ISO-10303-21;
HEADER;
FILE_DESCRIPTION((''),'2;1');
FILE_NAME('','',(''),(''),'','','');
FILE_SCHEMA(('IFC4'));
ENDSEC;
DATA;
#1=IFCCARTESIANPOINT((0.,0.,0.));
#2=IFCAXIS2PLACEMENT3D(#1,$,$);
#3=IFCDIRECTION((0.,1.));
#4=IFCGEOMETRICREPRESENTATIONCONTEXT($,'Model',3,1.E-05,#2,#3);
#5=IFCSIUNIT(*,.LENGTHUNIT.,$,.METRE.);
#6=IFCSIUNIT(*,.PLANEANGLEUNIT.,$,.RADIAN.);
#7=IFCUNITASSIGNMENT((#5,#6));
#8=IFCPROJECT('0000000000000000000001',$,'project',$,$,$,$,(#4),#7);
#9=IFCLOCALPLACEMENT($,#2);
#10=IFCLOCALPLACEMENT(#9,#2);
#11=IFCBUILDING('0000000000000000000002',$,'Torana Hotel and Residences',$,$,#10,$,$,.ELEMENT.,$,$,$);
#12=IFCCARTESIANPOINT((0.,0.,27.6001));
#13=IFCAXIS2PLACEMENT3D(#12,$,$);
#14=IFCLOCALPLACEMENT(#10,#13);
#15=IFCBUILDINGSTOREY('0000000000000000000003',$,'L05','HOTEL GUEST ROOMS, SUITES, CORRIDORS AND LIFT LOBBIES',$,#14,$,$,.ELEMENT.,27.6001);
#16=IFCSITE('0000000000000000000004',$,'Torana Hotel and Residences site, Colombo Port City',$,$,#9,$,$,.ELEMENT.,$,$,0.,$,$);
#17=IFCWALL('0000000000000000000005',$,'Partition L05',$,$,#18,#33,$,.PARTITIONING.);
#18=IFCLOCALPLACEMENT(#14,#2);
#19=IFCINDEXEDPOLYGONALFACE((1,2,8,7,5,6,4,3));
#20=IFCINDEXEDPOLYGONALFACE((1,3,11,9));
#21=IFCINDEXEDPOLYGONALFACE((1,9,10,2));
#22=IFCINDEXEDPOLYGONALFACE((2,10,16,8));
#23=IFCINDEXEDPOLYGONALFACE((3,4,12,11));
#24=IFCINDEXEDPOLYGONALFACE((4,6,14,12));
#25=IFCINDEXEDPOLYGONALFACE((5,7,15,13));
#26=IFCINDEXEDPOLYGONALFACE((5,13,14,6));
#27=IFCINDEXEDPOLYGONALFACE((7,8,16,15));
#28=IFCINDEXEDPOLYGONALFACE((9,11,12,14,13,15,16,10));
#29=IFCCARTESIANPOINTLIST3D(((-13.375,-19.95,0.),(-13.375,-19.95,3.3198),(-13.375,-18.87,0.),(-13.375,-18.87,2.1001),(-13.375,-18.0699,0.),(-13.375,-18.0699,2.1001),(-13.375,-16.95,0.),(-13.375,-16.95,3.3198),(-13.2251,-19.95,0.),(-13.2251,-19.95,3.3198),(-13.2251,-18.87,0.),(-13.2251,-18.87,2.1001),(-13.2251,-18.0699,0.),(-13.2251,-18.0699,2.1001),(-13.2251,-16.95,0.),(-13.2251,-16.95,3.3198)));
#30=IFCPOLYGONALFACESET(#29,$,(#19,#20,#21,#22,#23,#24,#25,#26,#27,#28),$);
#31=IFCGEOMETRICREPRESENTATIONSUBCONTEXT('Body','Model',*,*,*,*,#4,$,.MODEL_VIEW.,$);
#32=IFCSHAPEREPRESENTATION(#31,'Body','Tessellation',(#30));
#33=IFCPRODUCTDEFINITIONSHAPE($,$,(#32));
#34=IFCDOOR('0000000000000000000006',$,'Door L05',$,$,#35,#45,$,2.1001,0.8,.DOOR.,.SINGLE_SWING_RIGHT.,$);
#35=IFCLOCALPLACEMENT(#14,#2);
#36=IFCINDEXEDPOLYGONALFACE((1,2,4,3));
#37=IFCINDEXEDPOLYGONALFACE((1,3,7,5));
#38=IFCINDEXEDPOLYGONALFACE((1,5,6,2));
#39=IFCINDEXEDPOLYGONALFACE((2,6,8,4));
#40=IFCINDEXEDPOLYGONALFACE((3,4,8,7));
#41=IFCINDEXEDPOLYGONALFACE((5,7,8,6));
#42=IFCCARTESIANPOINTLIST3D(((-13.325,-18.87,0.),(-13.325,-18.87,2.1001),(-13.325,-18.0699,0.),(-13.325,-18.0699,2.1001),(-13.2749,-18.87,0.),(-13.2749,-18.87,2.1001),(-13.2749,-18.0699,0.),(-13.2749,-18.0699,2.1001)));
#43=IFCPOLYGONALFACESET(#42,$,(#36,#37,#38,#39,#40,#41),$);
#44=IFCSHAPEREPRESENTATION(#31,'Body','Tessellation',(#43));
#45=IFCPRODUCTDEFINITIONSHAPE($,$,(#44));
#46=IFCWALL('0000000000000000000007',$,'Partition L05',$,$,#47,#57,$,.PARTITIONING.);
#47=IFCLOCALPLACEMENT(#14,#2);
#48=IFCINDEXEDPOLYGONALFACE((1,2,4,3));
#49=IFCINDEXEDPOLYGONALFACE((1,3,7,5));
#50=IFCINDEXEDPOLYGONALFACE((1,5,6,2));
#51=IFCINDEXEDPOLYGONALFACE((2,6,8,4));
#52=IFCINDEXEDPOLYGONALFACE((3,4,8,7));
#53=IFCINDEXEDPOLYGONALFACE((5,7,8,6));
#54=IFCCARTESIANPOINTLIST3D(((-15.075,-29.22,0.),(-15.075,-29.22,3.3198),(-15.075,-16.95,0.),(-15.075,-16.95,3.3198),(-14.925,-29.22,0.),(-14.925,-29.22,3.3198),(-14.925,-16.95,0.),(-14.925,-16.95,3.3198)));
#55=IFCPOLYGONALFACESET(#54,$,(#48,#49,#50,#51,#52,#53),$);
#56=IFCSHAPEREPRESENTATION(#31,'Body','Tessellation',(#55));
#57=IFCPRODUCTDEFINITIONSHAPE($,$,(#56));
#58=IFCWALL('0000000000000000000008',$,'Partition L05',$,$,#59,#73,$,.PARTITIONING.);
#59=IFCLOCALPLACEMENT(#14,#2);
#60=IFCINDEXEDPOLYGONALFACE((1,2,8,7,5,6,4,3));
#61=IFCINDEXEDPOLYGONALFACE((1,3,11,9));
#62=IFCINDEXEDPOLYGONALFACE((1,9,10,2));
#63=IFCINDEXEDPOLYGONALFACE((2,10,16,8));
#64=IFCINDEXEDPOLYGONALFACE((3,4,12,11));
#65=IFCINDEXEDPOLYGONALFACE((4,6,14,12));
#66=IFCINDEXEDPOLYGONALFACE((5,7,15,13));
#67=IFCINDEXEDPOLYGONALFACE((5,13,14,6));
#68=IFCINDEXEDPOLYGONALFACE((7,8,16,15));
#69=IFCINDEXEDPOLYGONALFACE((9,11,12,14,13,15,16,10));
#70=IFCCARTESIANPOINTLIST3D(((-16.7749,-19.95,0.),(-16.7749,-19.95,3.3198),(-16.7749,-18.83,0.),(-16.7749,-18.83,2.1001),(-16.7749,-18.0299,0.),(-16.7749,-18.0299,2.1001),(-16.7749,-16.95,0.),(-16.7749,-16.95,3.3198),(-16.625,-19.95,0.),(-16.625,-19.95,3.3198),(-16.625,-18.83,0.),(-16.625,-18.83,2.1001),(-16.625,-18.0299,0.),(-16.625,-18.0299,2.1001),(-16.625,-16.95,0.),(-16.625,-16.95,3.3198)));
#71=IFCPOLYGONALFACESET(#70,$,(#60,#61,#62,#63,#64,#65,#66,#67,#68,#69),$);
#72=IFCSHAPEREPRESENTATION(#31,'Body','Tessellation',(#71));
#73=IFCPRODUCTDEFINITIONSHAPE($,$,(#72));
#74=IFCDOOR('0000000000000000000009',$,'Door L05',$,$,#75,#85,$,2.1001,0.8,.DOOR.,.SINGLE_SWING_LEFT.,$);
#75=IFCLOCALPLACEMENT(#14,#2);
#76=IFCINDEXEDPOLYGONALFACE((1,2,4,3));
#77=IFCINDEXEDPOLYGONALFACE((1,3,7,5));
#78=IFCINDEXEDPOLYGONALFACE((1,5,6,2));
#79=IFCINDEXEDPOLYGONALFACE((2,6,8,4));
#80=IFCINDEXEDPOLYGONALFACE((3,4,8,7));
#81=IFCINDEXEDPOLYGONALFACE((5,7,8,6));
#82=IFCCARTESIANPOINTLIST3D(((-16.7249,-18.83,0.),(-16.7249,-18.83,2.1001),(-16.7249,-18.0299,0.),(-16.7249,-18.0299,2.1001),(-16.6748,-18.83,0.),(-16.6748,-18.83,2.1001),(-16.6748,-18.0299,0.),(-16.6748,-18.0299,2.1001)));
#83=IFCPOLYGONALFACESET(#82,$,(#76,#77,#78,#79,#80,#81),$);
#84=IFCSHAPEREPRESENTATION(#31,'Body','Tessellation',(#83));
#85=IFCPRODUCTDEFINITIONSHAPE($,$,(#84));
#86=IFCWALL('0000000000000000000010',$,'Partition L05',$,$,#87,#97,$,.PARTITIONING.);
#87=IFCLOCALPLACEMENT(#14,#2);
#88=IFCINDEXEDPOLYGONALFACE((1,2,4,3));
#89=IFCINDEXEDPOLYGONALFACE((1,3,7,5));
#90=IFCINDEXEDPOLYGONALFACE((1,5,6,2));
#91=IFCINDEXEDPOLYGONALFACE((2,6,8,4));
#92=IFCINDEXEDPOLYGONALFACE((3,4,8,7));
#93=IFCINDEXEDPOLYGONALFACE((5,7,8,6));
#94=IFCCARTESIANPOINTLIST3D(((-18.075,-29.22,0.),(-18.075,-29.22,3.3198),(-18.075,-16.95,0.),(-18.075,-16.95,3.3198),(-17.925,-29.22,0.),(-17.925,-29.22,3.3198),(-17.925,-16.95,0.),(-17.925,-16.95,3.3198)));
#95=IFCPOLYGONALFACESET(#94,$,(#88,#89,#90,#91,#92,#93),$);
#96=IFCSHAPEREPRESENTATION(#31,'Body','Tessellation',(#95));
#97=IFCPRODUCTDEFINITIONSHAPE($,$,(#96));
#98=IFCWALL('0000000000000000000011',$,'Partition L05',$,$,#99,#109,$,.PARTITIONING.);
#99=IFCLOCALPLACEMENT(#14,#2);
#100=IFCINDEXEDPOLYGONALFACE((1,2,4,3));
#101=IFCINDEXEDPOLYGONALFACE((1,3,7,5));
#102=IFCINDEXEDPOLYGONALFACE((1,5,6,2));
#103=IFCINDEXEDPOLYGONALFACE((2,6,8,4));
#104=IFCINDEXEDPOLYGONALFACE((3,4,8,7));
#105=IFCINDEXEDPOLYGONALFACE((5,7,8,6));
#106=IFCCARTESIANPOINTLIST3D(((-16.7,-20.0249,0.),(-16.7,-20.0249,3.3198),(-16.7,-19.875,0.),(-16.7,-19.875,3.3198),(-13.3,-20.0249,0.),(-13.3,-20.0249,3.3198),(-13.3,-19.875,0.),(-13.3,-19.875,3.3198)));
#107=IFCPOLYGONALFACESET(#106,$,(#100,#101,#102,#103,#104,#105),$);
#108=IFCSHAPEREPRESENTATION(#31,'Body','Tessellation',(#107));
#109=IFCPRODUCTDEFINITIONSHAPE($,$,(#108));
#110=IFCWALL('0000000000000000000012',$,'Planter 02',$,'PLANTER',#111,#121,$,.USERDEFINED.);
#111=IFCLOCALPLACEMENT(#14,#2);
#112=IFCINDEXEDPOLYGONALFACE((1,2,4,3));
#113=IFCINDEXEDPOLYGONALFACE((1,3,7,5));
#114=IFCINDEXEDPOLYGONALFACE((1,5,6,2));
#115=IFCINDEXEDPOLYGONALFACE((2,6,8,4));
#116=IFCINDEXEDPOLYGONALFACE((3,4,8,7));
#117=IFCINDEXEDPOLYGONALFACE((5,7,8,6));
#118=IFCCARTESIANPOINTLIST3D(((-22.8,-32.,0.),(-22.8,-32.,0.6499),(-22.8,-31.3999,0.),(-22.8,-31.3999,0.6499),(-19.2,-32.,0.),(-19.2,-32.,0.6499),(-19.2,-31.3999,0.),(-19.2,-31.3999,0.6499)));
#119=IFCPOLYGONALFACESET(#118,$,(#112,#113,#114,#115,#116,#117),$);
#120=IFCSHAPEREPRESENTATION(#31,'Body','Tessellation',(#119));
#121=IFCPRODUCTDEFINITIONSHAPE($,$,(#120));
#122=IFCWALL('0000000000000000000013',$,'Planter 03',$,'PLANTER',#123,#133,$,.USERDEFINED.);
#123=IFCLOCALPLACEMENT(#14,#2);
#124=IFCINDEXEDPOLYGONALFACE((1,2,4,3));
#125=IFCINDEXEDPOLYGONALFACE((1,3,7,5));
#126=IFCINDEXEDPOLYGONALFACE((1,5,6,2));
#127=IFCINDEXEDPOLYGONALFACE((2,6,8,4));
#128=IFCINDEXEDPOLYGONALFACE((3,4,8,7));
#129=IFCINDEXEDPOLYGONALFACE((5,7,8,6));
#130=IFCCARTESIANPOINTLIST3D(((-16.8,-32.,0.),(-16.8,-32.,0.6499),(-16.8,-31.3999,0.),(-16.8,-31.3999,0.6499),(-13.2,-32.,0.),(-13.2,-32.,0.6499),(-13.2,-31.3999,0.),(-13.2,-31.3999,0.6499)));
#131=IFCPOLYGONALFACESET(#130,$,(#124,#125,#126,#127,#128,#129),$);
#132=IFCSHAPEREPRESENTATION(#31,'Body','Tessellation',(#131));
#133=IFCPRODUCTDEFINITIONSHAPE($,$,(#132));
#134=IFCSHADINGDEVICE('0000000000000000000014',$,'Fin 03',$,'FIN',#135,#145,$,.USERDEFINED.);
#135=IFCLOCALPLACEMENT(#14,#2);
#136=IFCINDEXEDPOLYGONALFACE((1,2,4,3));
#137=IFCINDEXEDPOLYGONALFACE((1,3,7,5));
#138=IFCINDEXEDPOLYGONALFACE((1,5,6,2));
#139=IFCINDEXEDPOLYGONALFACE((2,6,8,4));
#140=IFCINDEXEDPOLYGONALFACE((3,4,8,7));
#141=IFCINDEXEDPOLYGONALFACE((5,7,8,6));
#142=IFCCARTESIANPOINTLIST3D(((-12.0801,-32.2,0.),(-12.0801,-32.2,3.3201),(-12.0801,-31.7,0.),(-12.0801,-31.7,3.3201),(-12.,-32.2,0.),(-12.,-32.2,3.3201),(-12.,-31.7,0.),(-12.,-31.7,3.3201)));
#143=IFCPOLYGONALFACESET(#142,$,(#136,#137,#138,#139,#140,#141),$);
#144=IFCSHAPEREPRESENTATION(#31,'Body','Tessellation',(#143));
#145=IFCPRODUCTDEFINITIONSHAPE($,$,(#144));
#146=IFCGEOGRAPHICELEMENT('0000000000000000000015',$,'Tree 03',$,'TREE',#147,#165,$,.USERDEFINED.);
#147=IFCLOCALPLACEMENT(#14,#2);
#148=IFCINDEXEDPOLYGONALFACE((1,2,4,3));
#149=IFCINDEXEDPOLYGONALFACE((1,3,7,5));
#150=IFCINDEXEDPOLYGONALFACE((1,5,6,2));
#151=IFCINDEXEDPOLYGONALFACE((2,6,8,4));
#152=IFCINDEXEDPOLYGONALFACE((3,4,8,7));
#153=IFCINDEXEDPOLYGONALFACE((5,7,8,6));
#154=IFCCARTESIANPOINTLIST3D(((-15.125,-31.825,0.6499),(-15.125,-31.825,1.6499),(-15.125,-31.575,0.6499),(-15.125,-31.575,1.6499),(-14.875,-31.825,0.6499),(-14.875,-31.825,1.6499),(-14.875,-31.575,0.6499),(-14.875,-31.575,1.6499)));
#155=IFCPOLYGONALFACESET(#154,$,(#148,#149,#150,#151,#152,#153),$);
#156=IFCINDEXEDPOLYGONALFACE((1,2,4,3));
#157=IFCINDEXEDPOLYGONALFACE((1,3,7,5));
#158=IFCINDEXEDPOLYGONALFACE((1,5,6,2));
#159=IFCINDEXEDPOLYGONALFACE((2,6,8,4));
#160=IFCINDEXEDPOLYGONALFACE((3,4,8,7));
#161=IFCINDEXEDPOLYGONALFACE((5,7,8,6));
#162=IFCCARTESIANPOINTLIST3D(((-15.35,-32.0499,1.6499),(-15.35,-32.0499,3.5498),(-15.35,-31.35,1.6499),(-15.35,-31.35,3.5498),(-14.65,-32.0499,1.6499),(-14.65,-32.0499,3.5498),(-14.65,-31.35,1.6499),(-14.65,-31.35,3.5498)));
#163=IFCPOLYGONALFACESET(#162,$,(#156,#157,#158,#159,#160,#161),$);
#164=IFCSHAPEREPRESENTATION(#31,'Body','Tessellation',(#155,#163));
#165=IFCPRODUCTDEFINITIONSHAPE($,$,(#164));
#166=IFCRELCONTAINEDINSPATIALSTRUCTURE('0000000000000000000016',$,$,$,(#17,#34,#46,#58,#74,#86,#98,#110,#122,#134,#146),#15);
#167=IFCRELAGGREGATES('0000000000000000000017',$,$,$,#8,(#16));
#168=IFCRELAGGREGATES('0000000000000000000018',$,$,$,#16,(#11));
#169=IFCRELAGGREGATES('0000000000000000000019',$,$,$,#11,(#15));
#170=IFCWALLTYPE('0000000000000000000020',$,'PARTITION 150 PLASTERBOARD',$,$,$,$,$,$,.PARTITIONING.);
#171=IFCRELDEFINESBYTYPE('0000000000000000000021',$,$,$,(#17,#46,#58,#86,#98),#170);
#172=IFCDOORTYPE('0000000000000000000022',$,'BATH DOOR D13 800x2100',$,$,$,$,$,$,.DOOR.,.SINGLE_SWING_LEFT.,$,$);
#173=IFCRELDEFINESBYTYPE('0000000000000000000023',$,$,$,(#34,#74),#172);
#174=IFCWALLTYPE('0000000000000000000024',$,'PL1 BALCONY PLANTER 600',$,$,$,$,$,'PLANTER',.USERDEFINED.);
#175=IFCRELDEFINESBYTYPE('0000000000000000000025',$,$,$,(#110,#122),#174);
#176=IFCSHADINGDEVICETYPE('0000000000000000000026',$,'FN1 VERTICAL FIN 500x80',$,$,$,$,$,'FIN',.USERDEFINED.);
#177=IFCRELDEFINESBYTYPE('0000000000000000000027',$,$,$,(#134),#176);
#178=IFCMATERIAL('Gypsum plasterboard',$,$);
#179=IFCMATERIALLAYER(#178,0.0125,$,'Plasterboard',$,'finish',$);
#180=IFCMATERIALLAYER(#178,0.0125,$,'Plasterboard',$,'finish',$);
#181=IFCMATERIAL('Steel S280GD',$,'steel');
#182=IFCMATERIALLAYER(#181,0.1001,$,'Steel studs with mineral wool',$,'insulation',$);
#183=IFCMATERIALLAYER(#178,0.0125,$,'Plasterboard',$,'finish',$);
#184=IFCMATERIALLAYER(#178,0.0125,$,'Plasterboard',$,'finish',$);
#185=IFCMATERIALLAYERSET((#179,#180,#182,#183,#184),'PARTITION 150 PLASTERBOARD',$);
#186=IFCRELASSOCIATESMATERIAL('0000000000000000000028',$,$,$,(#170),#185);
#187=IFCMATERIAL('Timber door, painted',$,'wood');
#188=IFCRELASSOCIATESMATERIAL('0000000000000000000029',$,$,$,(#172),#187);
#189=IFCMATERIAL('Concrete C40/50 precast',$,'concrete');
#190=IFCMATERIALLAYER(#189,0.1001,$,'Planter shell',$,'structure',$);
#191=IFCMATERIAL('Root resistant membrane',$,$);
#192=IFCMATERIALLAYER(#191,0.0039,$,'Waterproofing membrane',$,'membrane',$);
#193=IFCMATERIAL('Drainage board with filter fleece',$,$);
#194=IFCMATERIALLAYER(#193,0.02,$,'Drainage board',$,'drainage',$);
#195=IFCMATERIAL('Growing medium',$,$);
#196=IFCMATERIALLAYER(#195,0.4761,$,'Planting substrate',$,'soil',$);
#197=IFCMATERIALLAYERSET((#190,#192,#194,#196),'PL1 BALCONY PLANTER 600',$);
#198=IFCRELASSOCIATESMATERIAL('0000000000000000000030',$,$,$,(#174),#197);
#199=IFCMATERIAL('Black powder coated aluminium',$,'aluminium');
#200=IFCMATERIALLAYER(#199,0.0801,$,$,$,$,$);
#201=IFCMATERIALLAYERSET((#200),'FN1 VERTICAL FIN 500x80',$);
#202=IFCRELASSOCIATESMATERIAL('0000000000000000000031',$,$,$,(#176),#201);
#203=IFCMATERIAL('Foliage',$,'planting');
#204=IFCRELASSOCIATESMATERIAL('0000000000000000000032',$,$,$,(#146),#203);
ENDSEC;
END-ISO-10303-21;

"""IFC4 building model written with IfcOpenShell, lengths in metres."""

from ifc_helpers import new_model, si_unit, direction, frame, frame_2d, origin, origin_2d, place, context, subcontext, project, spatial, rectangle, extrude, material, layer, layer_set, type_object, element, fill, save


model = new_model("IFC4")

# Units and contexts
model_context = context("Model", 3, precision=1e-05, world=origin(), true_north=direction((0.0, 1.0)))
body_context = subcontext(model_context, "Body", "Model", "MODEL_VIEW")
ifc_project = project(units=[si_unit("LENGTHUNIT", "METRE"), si_unit("PLANEANGLEUNIT", "RADIAN")], contexts=[model_context])

# Site, building, storey
site_placement = place(None, origin())
site = spatial("IfcSite", under=ifc_project, at=site_placement, Name="Torana Hotel and Residences site, Colombo Port City", CompositionType="ELEMENT", RefElevation=0.0)
building_placement = place(site_placement, origin())
building = spatial("IfcBuilding", under=site, at=building_placement, Name="Torana Hotel and Residences", CompositionType="ELEMENT")
storey_placement = place(building_placement, frame((0.0, 0.0, 27.6001)))
storey = spatial("IfcBuildingStorey", under=building, at=storey_placement, Name="L05", Description="HOTEL GUEST ROOMS, SUITES, CORRIDORS AND LIFT LOBBIES", CompositionType="ELEMENT", Elevation=27.6001)

# Shared definitions
ifc_material_1 = material(Name="Gypsum plasterboard")
ifc_layer_1 = layer(ifc_material_1, 0.0125, Name="Plasterboard", Category="finish")
ifc_layer_2 = layer(ifc_material_1, 0.0125, Name="Plasterboard", Category="finish")
ifc_material_2 = material(Name="Steel S280GD", Category="steel")
ifc_layer_3 = layer(ifc_material_2, 0.1001, Name="Steel studs with mineral wool", Category="insulation")
ifc_layer_4 = layer(ifc_material_1, 0.0125, Name="Plasterboard", Category="finish")
ifc_layer_5 = layer(ifc_material_1, 0.0125, Name="Plasterboard", Category="finish")
ifc_layer_set_1 = layer_set([ifc_layer_1, ifc_layer_2, ifc_layer_3, ifc_layer_4, ifc_layer_5], Name="PARTITION 150 PLASTERBOARD")
wall_type_1 = type_object("IfcWallType", Name="PARTITION 150 PLASTERBOARD", PredefinedType="PARTITIONING", material=ifc_layer_set_1)

# Wall, opening, door
wall_1_placement = place(storey_placement, frame((-13.3, -19.95, 0.0), z_axis=(0.0, 0.0, 1.0), x_axis=(0.0, 1.0, 0.0)))
wall_1 = element("IfcWall", 1, at=wall_1_placement, inside=storey, type_object=wall_type_1, Name="Partition L05", PredefinedType="PARTITIONING", context=body_context, shape_type="SweptSolid", body=[
    extrude(rectangle(XDim=3.0, YDim=0.1499, at=frame_2d((1.5, 0.0))), origin(), (0.0, 0.0, 1.0), 3.3198),
])
opening_1_placement = place(wall_1_placement, frame((1.0801, 0.0, 0.0)))
opening_1 = element("IfcOpeningElement", 2, at=opening_1_placement, cuts=wall_1, PredefinedType="OPENING", context=body_context, shape_type="SweptSolid", body=[
    extrude(rectangle(XDim=0.8, YDim=2.1001, at=frame_2d((0.3999, 1.05))), frame((0.0, 0.085, 0.0), z_axis=(0.0, -1.0, 0.0), x_axis=(1.0, 0.0, 0.0)), (0.0, 0.0, 1.0), 0.1699),
])
ifc_material_3 = material(Name="Timber door, painted", Category="wood")
door_type_1 = type_object("IfcDoorType", Name="BATH DOOR D13 800x2100", OperationType="SINGLE_SWING_LEFT", PredefinedType="DOOR", material=ifc_material_3)
door_1_placement = place(opening_1_placement, origin())
door_1 = element("IfcDoor", 3, at=door_1_placement, inside=storey, type_object=door_type_1, Name="Door L05", OperationType="SINGLE_SWING_RIGHT", OverallHeight=2.1001, OverallWidth=0.8, PredefinedType="DOOR", context=body_context, shape_type="SweptSolid", body=[
    extrude(rectangle(XDim=0.8, YDim=2.1001, at=frame_2d((0.3999, 1.05))), frame((0.0, 0.0249, 0.0), z_axis=(0.0, -1.0, 0.0), x_axis=(1.0, 0.0, 0.0)), (0.0, 0.0, 1.0), 0.05),
])
fill(opening_1, door_1)

# Wall
wall_2_placement = place(storey_placement, frame((-15.0, -29.22, 0.0), z_axis=(0.0, 0.0, 1.0), x_axis=(0.0, 1.0, 0.0)))
element("IfcWall", 4, at=wall_2_placement, inside=storey, type_object=wall_type_1, Name="Partition L05", PredefinedType="PARTITIONING", context=body_context, shape_type="SweptSolid", body=[
    extrude(rectangle(XDim=12.27, YDim=0.1499, at=frame_2d((6.135, 0.0))), origin(), (0.0, 0.0, 1.0), 3.3198),
])

# Wall, opening, door
wall_3_placement = place(storey_placement, frame((-16.7, -19.95, 0.0), z_axis=(0.0, 0.0, 1.0), x_axis=(0.0, 1.0, 0.0)))
wall_3 = element("IfcWall", 5, at=wall_3_placement, inside=storey, type_object=wall_type_1, Name="Partition L05", PredefinedType="PARTITIONING", context=body_context, shape_type="SweptSolid", body=[
    extrude(rectangle(XDim=3.0, YDim=0.1499, at=frame_2d((1.5, 0.0))), origin(), (0.0, 0.0, 1.0), 3.3198),
])
opening_2_placement = place(wall_3_placement, frame((1.1201, 0.0, 0.0)))
opening_2 = element("IfcOpeningElement", 6, at=opening_2_placement, cuts=wall_3, PredefinedType="OPENING", context=body_context, shape_type="SweptSolid", body=[
    extrude(rectangle(XDim=0.8, YDim=2.1001, at=frame_2d((0.3999, 1.05))), frame((0.0, 0.085, 0.0), z_axis=(0.0, -1.0, 0.0), x_axis=(1.0, 0.0, 0.0)), (0.0, 0.0, 1.0), 0.1699),
])
door_2_placement = place(opening_2_placement, origin())
door_2 = element("IfcDoor", 7, at=door_2_placement, inside=storey, type_object=door_type_1, Name="Door L05", OperationType="SINGLE_SWING_LEFT", OverallHeight=2.1001, OverallWidth=0.8, PredefinedType="DOOR", context=body_context, shape_type="SweptSolid", body=[
    extrude(rectangle(XDim=0.8, YDim=2.1001, at=frame_2d((0.3999, 1.05))), frame((0.0, 0.0249, 0.0), z_axis=(0.0, -1.0, 0.0), x_axis=(1.0, 0.0, 0.0)), (0.0, 0.0, 1.0), 0.05),
])
fill(opening_2, door_2)

# Walls
wall_4_placement = place(storey_placement, frame((-18.0, -29.22, 0.0), z_axis=(0.0, 0.0, 1.0), x_axis=(0.0, 1.0, 0.0)))
element("IfcWall", 8, at=wall_4_placement, inside=storey, type_object=wall_type_1, Name="Partition L05", PredefinedType="PARTITIONING", context=body_context, shape_type="SweptSolid", body=[
    extrude(rectangle(XDim=12.27, YDim=0.1499, at=frame_2d((6.135, 0.0))), origin(), (0.0, 0.0, 1.0), 3.3198),
])
wall_5_placement = place(storey_placement, frame((-16.7, -19.95, 0.0), z_axis=(0.0, 0.0, 1.0), x_axis=(1.0, 0.0, 0.0)))
element("IfcWall", 9, at=wall_5_placement, inside=storey, type_object=wall_type_1, Name="Partition L05", PredefinedType="PARTITIONING", context=body_context, shape_type="SweptSolid", body=[
    extrude(rectangle(XDim=3.3999, YDim=0.1499, at=frame_2d((1.7, 0.0))), origin(), (0.0, 0.0, 1.0), 3.3198),
])
ifc_material_4 = material(Name="Concrete C40/50 precast", Category="concrete")
ifc_layer_6 = layer(ifc_material_4, 0.1001, Name="Planter shell", Category="structure")
ifc_material_5 = material(Name="Root resistant membrane")
ifc_layer_7 = layer(ifc_material_5, 0.0039, Name="Waterproofing membrane", Category="membrane")
ifc_material_6 = material(Name="Drainage board with filter fleece")
ifc_layer_8 = layer(ifc_material_6, 0.02, Name="Drainage board", Category="drainage")
ifc_material_7 = material(Name="Growing medium")
ifc_layer_9 = layer(ifc_material_7, 0.4761, Name="Planting substrate", Category="soil")
ifc_layer_set_2 = layer_set([ifc_layer_6, ifc_layer_7, ifc_layer_8, ifc_layer_9], Name="PL1 BALCONY PLANTER 600")
wall_type_2 = type_object("IfcWallType", Name="PL1 BALCONY PLANTER 600", ElementType="PLANTER", PredefinedType="USERDEFINED", material=ifc_layer_set_2)
for number, where, z_axis, x_axis, name in (
    (10, (-19.2, -31.7, 0.0), (0.0, 0.0, 1.0), (-1.0, 0.0, 0.0), "Planter 02"),
    (11, (-13.2, -31.7, 0.0), (0.0, 0.0, 1.0), (-1.0, 0.0, 0.0), "Planter 03"),
):
    element("IfcWall", number, at=place(storey_placement, frame(where, z_axis=z_axis, x_axis=x_axis)), inside=storey, type_object=wall_type_2, Name=name, ObjectType="PLANTER", PredefinedType="USERDEFINED", context=body_context, shape_type="SweptSolid", body=[
        extrude(rectangle(XDim=3.6001, YDim=0.6001, at=frame_2d((1.8, 0.0))), origin(), (0.0, 0.0, 1.0), 0.6499),
    ])

# Shading device
ifc_material_8 = material(Name="Black powder coated aluminium", Category="aluminium")
ifc_layer_10 = layer(ifc_material_8, 0.0801)
ifc_layer_set_3 = layer_set([ifc_layer_10], Name="FN1 VERTICAL FIN 500x80")
shading_device_type = type_object("IfcShadingDeviceType", Name="FN1 VERTICAL FIN 500x80", ElementType="FIN", PredefinedType="USERDEFINED", material=ifc_layer_set_3)
shading_device_placement = place(storey_placement, frame((-12.04, -31.95, 0.0), z_axis=(0.0, 0.0, 1.0), x_axis=(-1.0, 0.0, 0.0)))
element("IfcShadingDevice", 12, at=shading_device_placement, inside=storey, type_object=shading_device_type, Name="Fin 03", ObjectType="FIN", PredefinedType="USERDEFINED", context=body_context, shape_type="SweptSolid", body=[
    extrude(rectangle(XDim=0.0801, YDim=0.5, at=origin_2d()), origin(), (0.0, 0.0, 1.0), 3.3201),
])

# Geographic element
ifc_material_9 = material(Name="Foliage", Category="planting")
geographic_element_placement = place(storey_placement, frame((-15.0, -31.7, 0.6499), z_axis=(0.0, 0.0, 1.0), x_axis=(1.0, 0.0, 0.0)))
element("IfcGeographicElement", 13, at=geographic_element_placement, inside=storey, material=ifc_material_9, Name="Tree 03", ObjectType="TREE", PredefinedType="USERDEFINED", context=body_context, shape_type="SweptSolid", body=[
    extrude(rectangle(XDim=0.25, YDim=0.25, at=origin_2d()), origin(), (0.0, 0.0, 1.0), 1.0),
    extrude(rectangle(XDim=0.7, YDim=0.7, at=origin_2d()), frame((0.0, 0.0, 1.0)), (0.0, 0.0, 1.0), 1.8999),
])

save(model, "model.ifc")
